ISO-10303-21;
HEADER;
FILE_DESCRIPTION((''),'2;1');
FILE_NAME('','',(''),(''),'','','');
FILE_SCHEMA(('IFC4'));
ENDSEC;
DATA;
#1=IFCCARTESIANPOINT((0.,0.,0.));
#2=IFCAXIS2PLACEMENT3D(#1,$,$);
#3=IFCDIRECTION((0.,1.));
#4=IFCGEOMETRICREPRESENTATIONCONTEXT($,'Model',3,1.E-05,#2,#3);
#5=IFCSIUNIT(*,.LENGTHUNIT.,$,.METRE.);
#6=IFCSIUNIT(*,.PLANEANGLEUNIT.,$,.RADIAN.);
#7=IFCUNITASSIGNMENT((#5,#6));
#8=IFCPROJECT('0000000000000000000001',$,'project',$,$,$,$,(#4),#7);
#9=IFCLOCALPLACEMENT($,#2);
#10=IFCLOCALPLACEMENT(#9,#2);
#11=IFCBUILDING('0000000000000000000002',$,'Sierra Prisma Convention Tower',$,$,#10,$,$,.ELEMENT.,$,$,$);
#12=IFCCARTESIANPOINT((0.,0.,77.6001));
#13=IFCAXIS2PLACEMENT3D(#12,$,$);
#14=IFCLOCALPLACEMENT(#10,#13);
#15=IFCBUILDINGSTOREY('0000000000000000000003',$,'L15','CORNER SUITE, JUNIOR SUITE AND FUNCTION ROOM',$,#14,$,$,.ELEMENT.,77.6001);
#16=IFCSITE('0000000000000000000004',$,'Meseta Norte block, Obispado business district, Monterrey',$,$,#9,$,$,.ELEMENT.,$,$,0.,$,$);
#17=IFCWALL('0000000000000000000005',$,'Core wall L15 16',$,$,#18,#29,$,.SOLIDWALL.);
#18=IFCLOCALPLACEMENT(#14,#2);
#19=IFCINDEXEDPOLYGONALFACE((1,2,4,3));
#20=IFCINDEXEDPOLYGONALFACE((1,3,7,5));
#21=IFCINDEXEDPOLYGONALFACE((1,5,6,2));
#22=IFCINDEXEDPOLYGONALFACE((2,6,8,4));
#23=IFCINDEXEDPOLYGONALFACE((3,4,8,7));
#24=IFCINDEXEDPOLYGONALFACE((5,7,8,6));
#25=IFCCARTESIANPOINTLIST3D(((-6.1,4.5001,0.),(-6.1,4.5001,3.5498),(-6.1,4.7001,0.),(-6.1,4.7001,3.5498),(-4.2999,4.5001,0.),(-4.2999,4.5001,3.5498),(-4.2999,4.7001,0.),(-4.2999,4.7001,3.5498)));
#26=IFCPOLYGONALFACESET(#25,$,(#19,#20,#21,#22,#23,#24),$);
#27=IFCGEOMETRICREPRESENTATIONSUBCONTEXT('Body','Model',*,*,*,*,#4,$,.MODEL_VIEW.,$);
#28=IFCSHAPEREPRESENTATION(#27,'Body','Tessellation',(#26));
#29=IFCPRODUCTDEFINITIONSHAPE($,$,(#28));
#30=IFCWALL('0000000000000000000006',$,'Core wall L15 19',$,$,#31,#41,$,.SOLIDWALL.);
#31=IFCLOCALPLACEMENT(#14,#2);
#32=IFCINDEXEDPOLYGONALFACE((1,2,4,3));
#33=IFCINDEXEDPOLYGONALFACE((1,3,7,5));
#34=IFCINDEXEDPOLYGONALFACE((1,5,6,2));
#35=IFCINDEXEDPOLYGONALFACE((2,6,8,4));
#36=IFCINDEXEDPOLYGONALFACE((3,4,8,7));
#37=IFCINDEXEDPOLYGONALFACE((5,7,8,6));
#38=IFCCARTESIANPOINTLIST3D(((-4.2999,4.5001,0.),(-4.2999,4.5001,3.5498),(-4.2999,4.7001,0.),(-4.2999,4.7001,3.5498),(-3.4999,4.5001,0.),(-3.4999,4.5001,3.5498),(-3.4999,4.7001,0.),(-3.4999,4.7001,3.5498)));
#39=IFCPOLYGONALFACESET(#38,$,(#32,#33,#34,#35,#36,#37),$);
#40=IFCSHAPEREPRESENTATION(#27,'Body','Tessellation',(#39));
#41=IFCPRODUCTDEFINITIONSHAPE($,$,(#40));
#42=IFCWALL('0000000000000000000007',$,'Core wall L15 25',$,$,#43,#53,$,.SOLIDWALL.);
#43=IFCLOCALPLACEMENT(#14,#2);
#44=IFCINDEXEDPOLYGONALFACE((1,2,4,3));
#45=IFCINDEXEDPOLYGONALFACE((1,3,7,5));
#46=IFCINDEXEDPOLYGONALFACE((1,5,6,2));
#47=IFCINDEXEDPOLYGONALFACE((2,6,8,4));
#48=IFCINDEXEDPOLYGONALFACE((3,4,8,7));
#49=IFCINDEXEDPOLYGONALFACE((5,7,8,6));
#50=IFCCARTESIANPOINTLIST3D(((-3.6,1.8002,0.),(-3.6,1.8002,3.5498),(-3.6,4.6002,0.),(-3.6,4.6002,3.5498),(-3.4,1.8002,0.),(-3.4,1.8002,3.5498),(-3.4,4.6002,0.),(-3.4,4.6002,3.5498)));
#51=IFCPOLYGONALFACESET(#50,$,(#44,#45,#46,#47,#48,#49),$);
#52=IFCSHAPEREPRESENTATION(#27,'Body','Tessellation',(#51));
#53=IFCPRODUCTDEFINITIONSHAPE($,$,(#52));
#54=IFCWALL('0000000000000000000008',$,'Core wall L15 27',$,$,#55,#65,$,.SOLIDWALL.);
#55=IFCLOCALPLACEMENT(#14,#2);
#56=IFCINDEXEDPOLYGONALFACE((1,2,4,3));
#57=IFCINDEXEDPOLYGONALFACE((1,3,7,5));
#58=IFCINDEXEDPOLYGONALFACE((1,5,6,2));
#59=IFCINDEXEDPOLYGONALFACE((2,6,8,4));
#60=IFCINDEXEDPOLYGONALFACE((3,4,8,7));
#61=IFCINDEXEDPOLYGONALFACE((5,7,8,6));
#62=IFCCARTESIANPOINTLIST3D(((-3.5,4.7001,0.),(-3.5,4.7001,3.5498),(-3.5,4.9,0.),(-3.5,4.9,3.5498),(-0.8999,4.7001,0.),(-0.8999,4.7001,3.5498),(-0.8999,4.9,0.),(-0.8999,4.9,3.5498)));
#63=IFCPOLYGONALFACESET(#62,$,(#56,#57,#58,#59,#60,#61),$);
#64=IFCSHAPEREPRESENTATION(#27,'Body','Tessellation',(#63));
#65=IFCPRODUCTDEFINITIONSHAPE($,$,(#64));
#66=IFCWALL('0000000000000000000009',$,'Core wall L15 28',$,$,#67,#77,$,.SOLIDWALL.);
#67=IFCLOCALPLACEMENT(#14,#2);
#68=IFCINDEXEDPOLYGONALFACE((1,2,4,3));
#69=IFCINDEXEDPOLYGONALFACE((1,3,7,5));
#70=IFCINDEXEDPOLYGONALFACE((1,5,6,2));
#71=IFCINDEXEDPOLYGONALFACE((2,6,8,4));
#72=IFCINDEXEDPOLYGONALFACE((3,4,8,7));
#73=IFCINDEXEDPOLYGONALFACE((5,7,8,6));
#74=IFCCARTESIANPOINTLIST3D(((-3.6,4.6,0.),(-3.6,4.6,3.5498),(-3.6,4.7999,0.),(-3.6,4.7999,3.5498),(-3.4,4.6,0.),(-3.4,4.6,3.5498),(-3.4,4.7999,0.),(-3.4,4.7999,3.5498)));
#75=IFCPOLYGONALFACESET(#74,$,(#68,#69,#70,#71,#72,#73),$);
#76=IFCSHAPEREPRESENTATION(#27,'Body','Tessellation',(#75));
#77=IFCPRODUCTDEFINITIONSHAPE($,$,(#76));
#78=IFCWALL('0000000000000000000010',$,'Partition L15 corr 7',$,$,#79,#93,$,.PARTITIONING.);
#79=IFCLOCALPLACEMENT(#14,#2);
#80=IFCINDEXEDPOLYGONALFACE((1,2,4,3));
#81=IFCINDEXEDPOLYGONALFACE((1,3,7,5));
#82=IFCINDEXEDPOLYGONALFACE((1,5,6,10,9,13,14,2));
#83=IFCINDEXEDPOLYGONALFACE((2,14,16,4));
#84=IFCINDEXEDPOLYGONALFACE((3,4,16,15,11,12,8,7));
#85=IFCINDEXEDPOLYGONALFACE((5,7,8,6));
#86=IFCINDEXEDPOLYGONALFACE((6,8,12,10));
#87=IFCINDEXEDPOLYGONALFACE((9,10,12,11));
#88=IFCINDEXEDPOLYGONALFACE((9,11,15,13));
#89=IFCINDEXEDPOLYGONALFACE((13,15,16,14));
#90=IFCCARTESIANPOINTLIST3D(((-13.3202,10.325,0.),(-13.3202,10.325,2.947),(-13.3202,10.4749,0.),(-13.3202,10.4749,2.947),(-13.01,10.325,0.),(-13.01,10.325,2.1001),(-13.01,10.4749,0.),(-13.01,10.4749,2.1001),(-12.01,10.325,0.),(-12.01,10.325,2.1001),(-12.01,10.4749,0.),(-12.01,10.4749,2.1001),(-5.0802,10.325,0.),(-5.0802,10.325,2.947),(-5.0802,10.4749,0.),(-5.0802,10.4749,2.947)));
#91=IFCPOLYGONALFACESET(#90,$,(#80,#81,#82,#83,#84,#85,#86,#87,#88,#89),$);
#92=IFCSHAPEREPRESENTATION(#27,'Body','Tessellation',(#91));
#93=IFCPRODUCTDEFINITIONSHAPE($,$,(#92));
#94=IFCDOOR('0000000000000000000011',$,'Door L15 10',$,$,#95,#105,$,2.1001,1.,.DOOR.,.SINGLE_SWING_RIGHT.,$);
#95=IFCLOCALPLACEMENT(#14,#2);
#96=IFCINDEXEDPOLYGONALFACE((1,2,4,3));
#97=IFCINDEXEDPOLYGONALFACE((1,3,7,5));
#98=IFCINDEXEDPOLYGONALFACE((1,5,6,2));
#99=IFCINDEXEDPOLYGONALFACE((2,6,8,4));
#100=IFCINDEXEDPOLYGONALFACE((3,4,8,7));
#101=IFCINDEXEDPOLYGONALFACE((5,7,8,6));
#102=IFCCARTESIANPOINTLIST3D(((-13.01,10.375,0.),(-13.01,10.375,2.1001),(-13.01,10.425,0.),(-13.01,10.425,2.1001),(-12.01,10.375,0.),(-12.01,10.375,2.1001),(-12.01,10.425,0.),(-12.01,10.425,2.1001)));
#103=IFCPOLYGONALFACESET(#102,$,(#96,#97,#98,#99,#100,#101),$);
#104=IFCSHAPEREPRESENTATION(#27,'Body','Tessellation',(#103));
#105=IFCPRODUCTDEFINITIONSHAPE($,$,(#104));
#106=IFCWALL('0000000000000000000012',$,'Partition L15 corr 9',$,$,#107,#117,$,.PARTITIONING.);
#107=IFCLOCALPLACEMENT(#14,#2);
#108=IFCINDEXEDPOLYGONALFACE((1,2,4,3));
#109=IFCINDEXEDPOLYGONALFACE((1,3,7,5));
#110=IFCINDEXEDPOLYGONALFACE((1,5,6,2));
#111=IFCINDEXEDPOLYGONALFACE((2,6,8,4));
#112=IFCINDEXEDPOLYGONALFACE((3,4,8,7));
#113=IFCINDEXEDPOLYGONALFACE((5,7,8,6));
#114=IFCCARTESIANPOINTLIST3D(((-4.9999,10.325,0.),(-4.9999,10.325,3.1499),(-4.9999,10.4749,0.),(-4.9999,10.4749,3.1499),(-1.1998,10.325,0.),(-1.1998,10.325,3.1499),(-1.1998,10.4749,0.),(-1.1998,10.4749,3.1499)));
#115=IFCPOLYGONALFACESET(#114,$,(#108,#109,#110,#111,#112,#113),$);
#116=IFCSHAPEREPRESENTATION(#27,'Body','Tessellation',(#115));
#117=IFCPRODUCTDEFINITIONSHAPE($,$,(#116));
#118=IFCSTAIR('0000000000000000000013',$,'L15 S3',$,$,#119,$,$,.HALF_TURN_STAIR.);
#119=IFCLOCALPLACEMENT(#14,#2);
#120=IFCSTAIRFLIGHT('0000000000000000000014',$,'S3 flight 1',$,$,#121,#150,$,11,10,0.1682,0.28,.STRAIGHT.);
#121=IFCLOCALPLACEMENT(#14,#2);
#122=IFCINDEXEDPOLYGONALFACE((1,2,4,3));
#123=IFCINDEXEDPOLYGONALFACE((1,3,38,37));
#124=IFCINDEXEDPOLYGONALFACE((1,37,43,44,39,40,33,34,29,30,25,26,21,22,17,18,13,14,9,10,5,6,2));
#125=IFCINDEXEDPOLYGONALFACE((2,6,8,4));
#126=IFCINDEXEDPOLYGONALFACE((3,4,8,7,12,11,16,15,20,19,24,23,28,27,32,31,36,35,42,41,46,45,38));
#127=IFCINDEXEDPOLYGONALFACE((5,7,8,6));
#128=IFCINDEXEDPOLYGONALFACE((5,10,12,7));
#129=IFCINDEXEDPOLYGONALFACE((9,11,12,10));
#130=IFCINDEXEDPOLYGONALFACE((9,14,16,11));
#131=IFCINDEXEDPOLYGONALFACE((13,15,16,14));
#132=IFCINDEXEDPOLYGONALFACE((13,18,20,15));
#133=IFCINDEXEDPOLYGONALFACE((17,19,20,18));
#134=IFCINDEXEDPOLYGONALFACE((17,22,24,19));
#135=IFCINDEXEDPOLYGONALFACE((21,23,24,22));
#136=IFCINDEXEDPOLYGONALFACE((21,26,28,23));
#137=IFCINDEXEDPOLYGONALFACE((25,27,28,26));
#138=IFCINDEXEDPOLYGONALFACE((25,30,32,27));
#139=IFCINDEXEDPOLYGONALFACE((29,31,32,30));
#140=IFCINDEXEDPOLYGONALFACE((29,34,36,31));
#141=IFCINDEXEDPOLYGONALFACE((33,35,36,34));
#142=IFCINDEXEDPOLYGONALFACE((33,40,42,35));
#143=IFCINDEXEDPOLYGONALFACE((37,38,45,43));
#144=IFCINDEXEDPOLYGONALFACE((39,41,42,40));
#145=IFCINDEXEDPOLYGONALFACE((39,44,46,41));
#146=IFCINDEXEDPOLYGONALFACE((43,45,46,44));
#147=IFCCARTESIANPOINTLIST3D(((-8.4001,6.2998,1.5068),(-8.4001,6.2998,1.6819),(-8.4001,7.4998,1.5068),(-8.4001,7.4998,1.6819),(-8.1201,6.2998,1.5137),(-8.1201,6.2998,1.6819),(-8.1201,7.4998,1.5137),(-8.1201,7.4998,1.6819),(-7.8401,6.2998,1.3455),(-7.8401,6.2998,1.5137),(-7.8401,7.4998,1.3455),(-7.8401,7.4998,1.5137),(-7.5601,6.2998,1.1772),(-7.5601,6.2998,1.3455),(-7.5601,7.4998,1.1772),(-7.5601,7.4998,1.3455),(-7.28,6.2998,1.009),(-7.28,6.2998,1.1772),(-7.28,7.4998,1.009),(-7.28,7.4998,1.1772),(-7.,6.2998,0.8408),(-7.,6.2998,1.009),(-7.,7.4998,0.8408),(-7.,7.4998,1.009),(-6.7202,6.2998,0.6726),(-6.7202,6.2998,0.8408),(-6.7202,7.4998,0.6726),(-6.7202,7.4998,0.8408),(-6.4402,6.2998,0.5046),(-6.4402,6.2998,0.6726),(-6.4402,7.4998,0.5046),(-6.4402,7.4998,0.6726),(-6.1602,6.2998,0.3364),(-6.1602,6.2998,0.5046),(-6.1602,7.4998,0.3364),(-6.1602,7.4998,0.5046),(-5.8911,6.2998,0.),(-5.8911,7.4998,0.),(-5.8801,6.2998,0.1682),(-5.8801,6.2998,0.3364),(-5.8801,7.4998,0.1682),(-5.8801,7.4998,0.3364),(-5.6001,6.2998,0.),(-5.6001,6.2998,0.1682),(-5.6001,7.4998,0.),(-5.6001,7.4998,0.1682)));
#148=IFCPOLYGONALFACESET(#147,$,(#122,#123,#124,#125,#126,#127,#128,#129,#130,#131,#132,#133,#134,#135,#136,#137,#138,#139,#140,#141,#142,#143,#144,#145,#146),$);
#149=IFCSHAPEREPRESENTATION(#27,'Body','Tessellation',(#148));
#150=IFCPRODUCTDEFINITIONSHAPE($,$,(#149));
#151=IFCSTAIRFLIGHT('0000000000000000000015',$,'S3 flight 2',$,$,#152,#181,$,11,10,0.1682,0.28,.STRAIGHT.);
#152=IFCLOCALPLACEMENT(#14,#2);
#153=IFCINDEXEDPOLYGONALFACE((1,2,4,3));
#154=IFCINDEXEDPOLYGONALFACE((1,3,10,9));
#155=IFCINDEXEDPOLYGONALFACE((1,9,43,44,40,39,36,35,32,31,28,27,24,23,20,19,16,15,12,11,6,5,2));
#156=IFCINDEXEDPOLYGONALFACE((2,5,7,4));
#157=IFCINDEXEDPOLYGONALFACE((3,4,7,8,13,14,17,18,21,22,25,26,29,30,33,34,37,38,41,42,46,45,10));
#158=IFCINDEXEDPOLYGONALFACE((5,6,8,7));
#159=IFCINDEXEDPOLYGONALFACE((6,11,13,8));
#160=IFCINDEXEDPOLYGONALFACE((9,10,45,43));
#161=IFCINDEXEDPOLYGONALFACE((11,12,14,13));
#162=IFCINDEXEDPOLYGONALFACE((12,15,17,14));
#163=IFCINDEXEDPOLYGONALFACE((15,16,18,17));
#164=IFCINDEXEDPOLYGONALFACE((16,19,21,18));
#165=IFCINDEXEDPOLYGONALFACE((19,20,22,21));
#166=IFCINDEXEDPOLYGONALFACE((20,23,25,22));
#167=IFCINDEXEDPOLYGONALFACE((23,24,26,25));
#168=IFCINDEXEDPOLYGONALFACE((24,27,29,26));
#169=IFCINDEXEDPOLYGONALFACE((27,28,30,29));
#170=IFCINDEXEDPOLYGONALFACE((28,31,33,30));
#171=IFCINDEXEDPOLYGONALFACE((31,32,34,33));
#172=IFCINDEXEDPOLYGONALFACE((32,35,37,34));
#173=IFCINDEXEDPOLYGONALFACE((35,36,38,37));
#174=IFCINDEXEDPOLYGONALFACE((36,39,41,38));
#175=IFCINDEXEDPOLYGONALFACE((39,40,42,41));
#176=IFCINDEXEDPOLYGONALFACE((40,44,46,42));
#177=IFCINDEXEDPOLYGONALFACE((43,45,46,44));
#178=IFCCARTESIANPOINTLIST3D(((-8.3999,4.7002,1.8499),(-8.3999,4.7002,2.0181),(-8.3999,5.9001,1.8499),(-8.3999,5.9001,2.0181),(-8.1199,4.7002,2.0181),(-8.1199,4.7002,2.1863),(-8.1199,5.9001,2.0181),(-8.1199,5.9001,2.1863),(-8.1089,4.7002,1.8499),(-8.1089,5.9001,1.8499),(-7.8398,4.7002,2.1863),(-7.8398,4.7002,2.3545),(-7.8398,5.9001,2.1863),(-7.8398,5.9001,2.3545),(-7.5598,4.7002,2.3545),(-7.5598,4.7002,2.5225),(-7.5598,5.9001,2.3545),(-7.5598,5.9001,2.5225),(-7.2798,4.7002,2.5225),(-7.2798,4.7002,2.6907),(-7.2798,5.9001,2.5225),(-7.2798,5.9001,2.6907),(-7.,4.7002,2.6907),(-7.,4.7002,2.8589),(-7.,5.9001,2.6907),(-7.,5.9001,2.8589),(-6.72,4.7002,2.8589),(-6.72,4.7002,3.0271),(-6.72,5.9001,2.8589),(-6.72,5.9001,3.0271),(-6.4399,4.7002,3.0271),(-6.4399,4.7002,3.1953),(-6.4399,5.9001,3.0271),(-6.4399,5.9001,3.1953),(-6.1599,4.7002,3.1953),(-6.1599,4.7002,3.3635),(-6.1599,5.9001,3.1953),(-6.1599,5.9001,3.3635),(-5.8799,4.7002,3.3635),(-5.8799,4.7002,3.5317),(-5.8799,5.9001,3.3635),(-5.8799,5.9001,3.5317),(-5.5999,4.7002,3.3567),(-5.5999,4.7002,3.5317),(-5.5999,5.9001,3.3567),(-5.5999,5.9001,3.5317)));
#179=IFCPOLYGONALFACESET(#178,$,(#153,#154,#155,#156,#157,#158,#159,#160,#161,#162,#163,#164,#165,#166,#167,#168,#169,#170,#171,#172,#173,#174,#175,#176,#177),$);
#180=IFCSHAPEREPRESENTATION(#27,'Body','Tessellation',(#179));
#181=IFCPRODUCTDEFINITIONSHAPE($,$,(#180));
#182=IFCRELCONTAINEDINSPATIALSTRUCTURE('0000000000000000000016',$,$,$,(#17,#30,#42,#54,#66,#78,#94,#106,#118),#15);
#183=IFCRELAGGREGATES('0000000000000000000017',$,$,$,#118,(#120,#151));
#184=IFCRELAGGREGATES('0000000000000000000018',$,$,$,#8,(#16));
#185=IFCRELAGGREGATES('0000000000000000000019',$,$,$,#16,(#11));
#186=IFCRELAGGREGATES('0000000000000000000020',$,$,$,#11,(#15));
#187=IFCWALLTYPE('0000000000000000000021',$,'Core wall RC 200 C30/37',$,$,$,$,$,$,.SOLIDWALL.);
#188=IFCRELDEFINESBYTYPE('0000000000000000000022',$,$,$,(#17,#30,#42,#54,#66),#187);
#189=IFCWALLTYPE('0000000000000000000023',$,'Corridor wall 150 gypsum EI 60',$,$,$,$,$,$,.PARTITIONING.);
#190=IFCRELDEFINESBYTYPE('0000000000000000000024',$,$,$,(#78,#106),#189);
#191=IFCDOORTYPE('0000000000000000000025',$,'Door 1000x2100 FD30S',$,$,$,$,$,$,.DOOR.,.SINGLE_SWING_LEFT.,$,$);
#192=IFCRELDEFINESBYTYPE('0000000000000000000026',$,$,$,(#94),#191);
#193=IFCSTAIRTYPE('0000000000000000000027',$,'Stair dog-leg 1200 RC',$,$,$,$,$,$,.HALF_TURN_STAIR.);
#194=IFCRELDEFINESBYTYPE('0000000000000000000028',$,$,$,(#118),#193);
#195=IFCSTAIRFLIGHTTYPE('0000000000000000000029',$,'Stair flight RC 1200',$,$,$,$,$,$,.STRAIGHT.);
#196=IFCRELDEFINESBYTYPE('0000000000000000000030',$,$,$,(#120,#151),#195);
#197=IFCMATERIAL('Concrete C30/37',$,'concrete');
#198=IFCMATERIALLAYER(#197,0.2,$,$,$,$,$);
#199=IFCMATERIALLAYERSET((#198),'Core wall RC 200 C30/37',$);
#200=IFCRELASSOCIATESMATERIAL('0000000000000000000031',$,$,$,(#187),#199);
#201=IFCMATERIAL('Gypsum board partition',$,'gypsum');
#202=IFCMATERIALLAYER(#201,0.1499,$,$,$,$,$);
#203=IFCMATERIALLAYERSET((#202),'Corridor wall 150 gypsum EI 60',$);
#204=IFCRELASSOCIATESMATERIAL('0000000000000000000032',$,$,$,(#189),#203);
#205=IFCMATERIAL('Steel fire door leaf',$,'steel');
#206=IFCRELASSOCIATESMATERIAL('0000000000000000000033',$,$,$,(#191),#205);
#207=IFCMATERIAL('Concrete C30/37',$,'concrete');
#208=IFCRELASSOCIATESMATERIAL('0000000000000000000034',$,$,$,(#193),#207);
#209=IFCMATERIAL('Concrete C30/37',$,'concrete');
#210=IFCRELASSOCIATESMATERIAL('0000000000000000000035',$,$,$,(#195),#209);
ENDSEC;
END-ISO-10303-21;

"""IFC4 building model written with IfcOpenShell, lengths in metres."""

from ifc_helpers import new_model, si_unit, direction, frame, frame_2d, origin, place, context, subcontext, project, spatial, polyline, rectangle, outline, extrude, material, layer, layer_set, type_object, element, fill, aggregate, save


model = new_model("IFC4")

# Units and contexts
model_context = context("Model", 3, precision=1e-05, world=origin(), true_north=direction((0.0, 1.0)))
body_context = subcontext(model_context, "Body", "Model", "MODEL_VIEW")
ifc_project = project(units=[si_unit("LENGTHUNIT", "METRE"), si_unit("PLANEANGLEUNIT", "RADIAN")], contexts=[model_context])

# Site, building, storey
site_placement = place(None, origin())
site = spatial("IfcSite", under=ifc_project, at=site_placement, Name="Meseta Norte block, Obispado business district, Monterrey", CompositionType="ELEMENT", RefElevation=0.0)
building_placement = place(site_placement, origin())
building = spatial("IfcBuilding", under=site, at=building_placement, Name="Sierra Prisma Convention Tower", CompositionType="ELEMENT")
storey_placement = place(building_placement, frame((0.0, 0.0, 77.6001)))
storey = spatial("IfcBuildingStorey", under=building, at=storey_placement, Name="L15", Description="CORNER SUITE, JUNIOR SUITE AND FUNCTION ROOM", CompositionType="ELEMENT", Elevation=77.6001)

# Walls
ifc_material_1 = material(Name="Concrete C30/37", Category="concrete")
ifc_layer_1 = layer(ifc_material_1, 0.2)
ifc_layer_set_1 = layer_set([ifc_layer_1], Name="Core wall RC 200 C30/37")
wall_type_1 = type_object("IfcWallType", Name="Core wall RC 200 C30/37", PredefinedType="SOLIDWALL", material=ifc_layer_set_1)
wall_1_placement = place(storey_placement, frame((-4.3, 4.6001, 0.0), z_axis=(0.0, 0.0, 1.0), x_axis=(-1.0, 0.0, 0.0)))
element("IfcWall", 1, at=wall_1_placement, inside=storey, type_object=wall_type_1, Name="Core wall L15 16", PredefinedType="SOLIDWALL", context=body_context, shape_type="SweptSolid", body=[
    extrude(rectangle(XDim=1.8, YDim=0.2, at=frame_2d((0.8999, 0.0))), origin(), (0.0, 0.0, 1.0), 3.5498),
])
wall_2_placement = place(storey_placement, frame((-3.5, 4.6001, 0.0), z_axis=(0.0, 0.0, 1.0), x_axis=(-1.0, 0.0, 0.0)))
element("IfcWall", 2, at=wall_2_placement, inside=storey, type_object=wall_type_1, Name="Core wall L15 19", PredefinedType="SOLIDWALL", context=body_context, shape_type="SweptSolid", body=[
    extrude(rectangle(XDim=0.8, YDim=0.2, at=frame_2d((0.3999, 0.0))), origin(), (0.0, 0.0, 1.0), 3.5498),
])

# Walls
wall_3_placement = place(storey_placement, frame((-3.5, 4.6001, 0.0), z_axis=(0.0, 0.0, 1.0), x_axis=(0.0, -1.0, 0.0)))
element("IfcWall", 3, at=wall_3_placement, inside=storey, type_object=wall_type_1, Name="Core wall L15 25", PredefinedType="SOLIDWALL", context=body_context, shape_type="SweptSolid", body=[
    extrude(rectangle(XDim=2.8, YDim=0.2, at=frame_2d((1.3999, 0.0))), origin(), (0.0, 0.0, 1.0), 3.5498),
])
wall_4_placement = place(storey_placement, frame((-0.8999, 4.8, 0.0), z_axis=(0.0, 0.0, 1.0), x_axis=(-1.0, 0.0, 0.0)))
element("IfcWall", 4, at=wall_4_placement, inside=storey, type_object=wall_type_1, Name="Core wall L15 27", PredefinedType="SOLIDWALL", context=body_context, shape_type="SweptSolid", body=[
    extrude(rectangle(XDim=2.6001, YDim=0.2, at=frame_2d((1.3, 0.0))), origin(), (0.0, 0.0, 1.0), 3.5498),
])
wall_5_placement = place(storey_placement, frame((-3.5, 4.8, 0.0), z_axis=(0.0, 0.0, 1.0), x_axis=(0.0, -1.0, 0.0)))
element("IfcWall", 5, at=wall_5_placement, inside=storey, type_object=wall_type_1, Name="Core wall L15 28", PredefinedType="SOLIDWALL", context=body_context, shape_type="SweptSolid", body=[
    extrude(rectangle(XDim=0.2, YDim=0.2, at=frame_2d((0.1001, 0.0))), origin(), (0.0, 0.0, 1.0), 3.5498),
])

# Wall, opening, door
ifc_material_2 = material(Name="Gypsum board partition", Category="gypsum")
ifc_layer_2 = layer(ifc_material_2, 0.1499)
ifc_layer_set_2 = layer_set([ifc_layer_2], Name="Corridor wall 150 gypsum EI 60")
wall_type_2 = type_object("IfcWallType", Name="Corridor wall 150 gypsum EI 60", PredefinedType="PARTITIONING", material=ifc_layer_set_2)
wall_6_placement = place(storey_placement, frame((-5.0801, 10.3999, 0.0), z_axis=(0.0, 0.0, 1.0), x_axis=(-1.0, 0.0, 0.0)))
wall_6 = element("IfcWall", 6, at=wall_6_placement, inside=storey, type_object=wall_type_2, Name="Partition L15 corr 7", PredefinedType="PARTITIONING", context=body_context, shape_type="SweptSolid", body=[
    extrude(rectangle(XDim=8.24, YDim=0.1499, at=frame_2d((4.1201, 0.0))), origin(), (0.0, 0.0, 1.0), 2.947),
])
opening_1_placement = place(wall_6_placement, frame((6.9299, 0.0, 0.0)))
opening_1 = element("IfcOpeningElement", 7, at=opening_1_placement, cuts=wall_6, PredefinedType="OPENING", context=body_context, shape_type="SweptSolid", body=[
    extrude(rectangle(XDim=1.0, YDim=2.1001, at=frame_2d((0.5, 1.05))), frame((0.0, 0.075, 0.0), z_axis=(0.0, -1.0, 0.0), x_axis=(1.0, 0.0, 0.0)), (0.0, 0.0, 1.0), 0.1499),
])
ifc_material_3 = material(Name="Steel fire door leaf", Category="steel")
door_type_1 = type_object("IfcDoorType", Name="Door 1000x2100 FD30S", OperationType="SINGLE_SWING_LEFT", PredefinedType="DOOR", material=ifc_material_3)
door_1_placement = place(opening_1_placement, origin())
door_1 = element("IfcDoor", 8, at=door_1_placement, inside=storey, type_object=door_type_1, Name="Door L15 10", OperationType="SINGLE_SWING_RIGHT", OverallHeight=2.1001, OverallWidth=1.0, PredefinedType="DOOR", context=body_context, shape_type="SweptSolid", body=[
    extrude(rectangle(XDim=1.0, YDim=2.1001, at=frame_2d((0.5, 1.05))), frame((0.0, 0.0249, 0.0), z_axis=(0.0, -1.0, 0.0), x_axis=(1.0, 0.0, 0.0)), (0.0, 0.0, 1.0), 0.05),
])
fill(opening_1, door_1)

# Wall
wall_7_placement = place(storey_placement, frame((-1.2, 10.3999, 0.0), z_axis=(0.0, 0.0, 1.0), x_axis=(-1.0, 0.0, 0.0)))
element("IfcWall", 9, at=wall_7_placement, inside=storey, type_object=wall_type_2, Name="Partition L15 corr 9", PredefinedType="PARTITIONING", context=body_context, shape_type="SweptSolid", body=[
    extrude(rectangle(XDim=3.8, YDim=0.1499, at=frame_2d((1.8999, 0.0))), origin(), (0.0, 0.0, 1.0), 3.1499),
])

# Stair, stair flights
ifc_material_4 = material(Name="Concrete C30/37", Category="concrete")
stair_type = type_object("IfcStairType", Name="Stair dog-leg 1200 RC", PredefinedType="HALF_TURN_STAIR", material=ifc_material_4)
stair_placement = place(storey_placement, origin())
stair = element("IfcStair", 10, at=stair_placement, inside=storey, type_object=stair_type, Name="L15 S3", PredefinedType="HALF_TURN_STAIR")
ifc_material_5 = material(Name="Concrete C30/37", Category="concrete")
stair_flight_type = type_object("IfcStairFlightType", Name="Stair flight RC 1200", PredefinedType="STRAIGHT", material=ifc_material_5)
stair_flight_1_placement = place(storey_placement, frame((-5.6001, 6.8999, 0.0), z_axis=(0.0, 0.0, 1.0), x_axis=(-1.0, 0.0, 0.0)))
stair_flight_1 = element("IfcStairFlight", 11, at=stair_flight_1_placement, type_object=stair_flight_type, Name="S3 flight 1", NumberOfRisers=11, NumberOfTreads=10, PredefinedType="STRAIGHT", RiserHeight=0.1682, TreadLength=0.28, context=body_context, shape_type="SweptSolid", body=[
    extrude(outline(polyline([(0.0, 0.0), (0.0, 0.1682), (0.28, 0.1682), (0.28, 0.3364), (0.5601, 0.3364), (0.5601, 0.5046), (0.8401, 0.5046), (0.8401, 0.6726), (1.1201, 0.6726), (1.1201, 0.8408), (1.3999, 0.8408), (1.3999, 1.009), (1.6799, 1.009), (1.6799, 1.1772), (1.96, 1.1772), (1.96, 1.3455), (2.24, 1.3455), (2.24, 1.5137), (2.52, 1.5137), (2.52, 1.6819), (2.8, 1.6819), (2.8, 1.8501), (2.8, 1.5068), (0.291, 0.0), (0.0, 0.0)])), frame((0.0, 0.6001, 0.0), z_axis=(0.0, -1.0, 0.0), x_axis=(1.0, 0.0, 0.0)), (0.0, 0.0, 1.0), 1.2),
])
stair_flight_2_placement = place(storey_placement, frame((-8.3999, 5.3, 1.8499), z_axis=(0.0, 0.0, 1.0), x_axis=(1.0, 0.0, 0.0)))
stair_flight_2 = element("IfcStairFlight", 12, at=stair_flight_2_placement, type_object=stair_flight_type, Name="S3 flight 2", NumberOfRisers=11, NumberOfTreads=10, PredefinedType="STRAIGHT", RiserHeight=0.1682, TreadLength=0.28, context=body_context, shape_type="SweptSolid", body=[
    extrude(outline(polyline([(0.0, 0.0), (0.0, 0.1682), (0.28, 0.1682), (0.28, 0.3364), (0.5601, 0.3364), (0.5601, 0.5046), (0.8401, 0.5046), (0.8401, 0.6726), (1.1201, 0.6726), (1.1201, 0.8408), (1.3999, 0.8408), (1.3999, 1.009), (1.6799, 1.009), (1.6799, 1.1772), (1.96, 1.1772), (1.96, 1.3455), (2.24, 1.3455), (2.24, 1.5137), (2.52, 1.5137), (2.52, 1.6819), (2.8, 1.6819), (2.8, 1.8501), (2.8, 1.5068), (0.291, 0.0), (0.0, 0.0)])), frame((0.0, 0.6001, 0.0), z_axis=(0.0, -1.0, 0.0), x_axis=(1.0, 0.0, 0.0)), (0.0, 0.0, 1.0), 1.2),
])
aggregate(stair, [stair_flight_1, stair_flight_2])

save(model, "model.ifc")
